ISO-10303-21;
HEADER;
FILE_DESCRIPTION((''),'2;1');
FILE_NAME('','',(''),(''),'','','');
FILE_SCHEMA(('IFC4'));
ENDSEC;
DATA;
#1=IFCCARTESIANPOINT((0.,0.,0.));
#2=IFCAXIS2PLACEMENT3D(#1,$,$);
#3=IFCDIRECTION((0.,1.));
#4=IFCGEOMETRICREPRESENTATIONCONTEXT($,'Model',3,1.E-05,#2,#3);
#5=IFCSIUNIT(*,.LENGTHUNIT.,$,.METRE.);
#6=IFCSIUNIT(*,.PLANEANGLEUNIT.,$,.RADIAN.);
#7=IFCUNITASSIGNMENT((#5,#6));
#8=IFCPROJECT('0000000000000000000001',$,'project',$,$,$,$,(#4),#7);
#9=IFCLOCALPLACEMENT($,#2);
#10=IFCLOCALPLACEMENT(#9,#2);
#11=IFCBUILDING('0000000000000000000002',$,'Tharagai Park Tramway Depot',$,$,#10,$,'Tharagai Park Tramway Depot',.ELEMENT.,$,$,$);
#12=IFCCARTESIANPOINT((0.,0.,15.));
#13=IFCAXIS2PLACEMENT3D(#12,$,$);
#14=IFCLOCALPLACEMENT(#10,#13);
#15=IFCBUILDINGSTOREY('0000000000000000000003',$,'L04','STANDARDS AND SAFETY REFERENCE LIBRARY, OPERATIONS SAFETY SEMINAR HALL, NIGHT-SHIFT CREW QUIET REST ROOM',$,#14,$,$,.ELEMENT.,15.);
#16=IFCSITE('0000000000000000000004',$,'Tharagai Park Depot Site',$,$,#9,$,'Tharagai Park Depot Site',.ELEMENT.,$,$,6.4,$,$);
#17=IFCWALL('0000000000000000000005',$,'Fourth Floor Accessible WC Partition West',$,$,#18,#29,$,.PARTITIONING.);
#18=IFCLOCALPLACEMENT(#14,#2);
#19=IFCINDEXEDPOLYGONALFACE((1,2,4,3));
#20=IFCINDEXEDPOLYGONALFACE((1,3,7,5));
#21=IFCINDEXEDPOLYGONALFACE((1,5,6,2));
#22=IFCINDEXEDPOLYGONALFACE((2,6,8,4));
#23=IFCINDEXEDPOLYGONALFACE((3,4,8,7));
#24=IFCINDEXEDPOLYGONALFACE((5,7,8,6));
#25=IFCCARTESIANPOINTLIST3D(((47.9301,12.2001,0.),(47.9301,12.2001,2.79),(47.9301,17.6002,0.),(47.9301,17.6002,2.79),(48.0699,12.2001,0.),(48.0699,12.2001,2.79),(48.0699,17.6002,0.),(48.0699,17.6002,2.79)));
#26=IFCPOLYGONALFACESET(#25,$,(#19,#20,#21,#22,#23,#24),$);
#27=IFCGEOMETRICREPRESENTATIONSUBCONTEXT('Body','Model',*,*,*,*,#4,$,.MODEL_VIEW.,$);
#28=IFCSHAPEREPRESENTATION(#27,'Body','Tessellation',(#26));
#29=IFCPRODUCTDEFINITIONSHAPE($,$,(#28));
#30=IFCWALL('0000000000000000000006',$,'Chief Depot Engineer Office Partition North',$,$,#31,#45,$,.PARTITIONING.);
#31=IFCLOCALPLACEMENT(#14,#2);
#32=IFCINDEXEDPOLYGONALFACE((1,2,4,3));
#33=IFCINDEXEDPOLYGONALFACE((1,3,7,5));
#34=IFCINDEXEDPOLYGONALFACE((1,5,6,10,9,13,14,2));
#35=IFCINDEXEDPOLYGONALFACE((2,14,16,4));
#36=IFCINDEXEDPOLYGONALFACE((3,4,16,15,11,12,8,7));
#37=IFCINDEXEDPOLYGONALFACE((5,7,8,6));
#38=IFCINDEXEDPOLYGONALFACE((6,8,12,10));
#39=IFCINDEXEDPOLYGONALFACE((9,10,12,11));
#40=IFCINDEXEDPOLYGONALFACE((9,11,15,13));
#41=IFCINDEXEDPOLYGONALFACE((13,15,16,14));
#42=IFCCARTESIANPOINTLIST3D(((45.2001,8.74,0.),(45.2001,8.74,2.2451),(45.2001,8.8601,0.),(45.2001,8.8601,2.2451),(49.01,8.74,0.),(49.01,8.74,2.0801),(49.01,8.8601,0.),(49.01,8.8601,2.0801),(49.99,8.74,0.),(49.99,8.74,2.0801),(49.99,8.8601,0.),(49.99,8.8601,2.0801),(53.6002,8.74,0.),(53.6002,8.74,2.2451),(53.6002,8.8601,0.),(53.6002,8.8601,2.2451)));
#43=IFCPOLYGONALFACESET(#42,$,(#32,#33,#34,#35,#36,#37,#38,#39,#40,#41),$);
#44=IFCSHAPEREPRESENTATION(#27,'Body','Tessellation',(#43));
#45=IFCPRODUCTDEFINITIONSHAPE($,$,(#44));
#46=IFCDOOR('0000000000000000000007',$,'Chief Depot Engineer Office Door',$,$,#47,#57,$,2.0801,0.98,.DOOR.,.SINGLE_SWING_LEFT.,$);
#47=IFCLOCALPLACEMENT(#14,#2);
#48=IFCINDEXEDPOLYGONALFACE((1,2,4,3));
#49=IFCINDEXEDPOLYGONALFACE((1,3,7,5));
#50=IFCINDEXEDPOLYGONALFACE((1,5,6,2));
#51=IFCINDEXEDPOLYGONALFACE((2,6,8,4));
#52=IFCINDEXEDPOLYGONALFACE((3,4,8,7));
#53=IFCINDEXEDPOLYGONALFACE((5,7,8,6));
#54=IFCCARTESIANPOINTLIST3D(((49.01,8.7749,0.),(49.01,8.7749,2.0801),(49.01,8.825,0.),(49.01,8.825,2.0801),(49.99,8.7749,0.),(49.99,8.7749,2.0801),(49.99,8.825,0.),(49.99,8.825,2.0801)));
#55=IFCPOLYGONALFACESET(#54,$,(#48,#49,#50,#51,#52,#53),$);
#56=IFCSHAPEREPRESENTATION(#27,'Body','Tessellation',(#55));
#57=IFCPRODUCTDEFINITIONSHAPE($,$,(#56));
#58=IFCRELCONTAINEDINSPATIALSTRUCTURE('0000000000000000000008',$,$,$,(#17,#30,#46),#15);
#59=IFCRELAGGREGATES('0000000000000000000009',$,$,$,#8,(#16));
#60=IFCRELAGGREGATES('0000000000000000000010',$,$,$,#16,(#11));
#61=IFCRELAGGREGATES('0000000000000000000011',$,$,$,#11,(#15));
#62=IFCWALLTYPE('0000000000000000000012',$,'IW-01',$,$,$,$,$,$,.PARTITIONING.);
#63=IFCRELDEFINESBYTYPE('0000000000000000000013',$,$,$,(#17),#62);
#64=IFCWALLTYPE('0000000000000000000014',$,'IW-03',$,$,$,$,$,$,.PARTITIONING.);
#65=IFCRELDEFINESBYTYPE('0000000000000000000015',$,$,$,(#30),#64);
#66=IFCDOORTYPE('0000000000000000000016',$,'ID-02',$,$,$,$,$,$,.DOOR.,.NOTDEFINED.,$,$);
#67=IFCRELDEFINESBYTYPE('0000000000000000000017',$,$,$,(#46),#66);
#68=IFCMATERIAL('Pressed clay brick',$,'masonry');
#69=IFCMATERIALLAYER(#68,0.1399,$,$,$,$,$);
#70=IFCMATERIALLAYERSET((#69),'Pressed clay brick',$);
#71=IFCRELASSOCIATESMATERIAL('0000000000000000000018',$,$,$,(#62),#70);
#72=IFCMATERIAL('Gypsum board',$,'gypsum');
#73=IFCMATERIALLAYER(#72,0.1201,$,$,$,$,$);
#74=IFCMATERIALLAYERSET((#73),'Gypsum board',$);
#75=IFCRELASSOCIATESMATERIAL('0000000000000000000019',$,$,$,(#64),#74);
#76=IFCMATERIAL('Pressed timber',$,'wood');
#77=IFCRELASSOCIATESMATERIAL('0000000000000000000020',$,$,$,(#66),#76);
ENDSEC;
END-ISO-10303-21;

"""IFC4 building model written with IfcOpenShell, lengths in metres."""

from ifc_helpers import new_model, si_unit, direction, frame, frame_2d, origin, place, context, subcontext, project, spatial, rectangle, extrude, material, layer, layer_set, type_object, element, fill, save


model = new_model("IFC4")

# Units and contexts
model_context = context("Model", 3, precision=1e-05, world=origin(), true_north=direction((0.0, 1.0)))
body_context = subcontext(model_context, "Body", "Model", "MODEL_VIEW")
ifc_project = project(units=[si_unit("LENGTHUNIT", "METRE"), si_unit("PLANEANGLEUNIT", "RADIAN")], contexts=[model_context])

# Site, building, storey
site_placement = place(None, origin())
site = spatial("IfcSite", under=ifc_project, at=site_placement, Name="Tharagai Park Depot Site", LongName="Tharagai Park Depot Site", CompositionType="ELEMENT", RefElevation=6.4)
building_placement = place(site_placement, origin())
building = spatial("IfcBuilding", under=site, at=building_placement, Name="Tharagai Park Tramway Depot", LongName="Tharagai Park Tramway Depot", CompositionType="ELEMENT")
storey_placement = place(building_placement, frame((0.0, 0.0, 15.0)))
storey = spatial("IfcBuildingStorey", under=building, at=storey_placement, Name="L04", Description="STANDARDS AND SAFETY REFERENCE LIBRARY, OPERATIONS SAFETY SEMINAR HALL, NIGHT-SHIFT CREW QUIET REST ROOM", CompositionType="ELEMENT", Elevation=15.0)

# Shared definitions
ifc_material_1 = material(Name="Pressed clay brick", Category="masonry")

# Shared definitions
ifc_layer_1 = layer(ifc_material_1, 0.1399)
ifc_layer_set_1 = layer_set([ifc_layer_1], Name="Pressed clay brick")
wall_type_1 = type_object("IfcWallType", Name="IW-01", PredefinedType="PARTITIONING", material=ifc_layer_set_1)

# Shared definitions
ifc_material_2 = material(Name="Pressed timber", Category="wood")

# Wall
wall_1_placement = place(storey_placement, frame((48.0, 12.2, 0.0), z_axis=(0.0, 0.0, 1.0), x_axis=(0.0, 1.0, 0.0)))
element("IfcWall", 1, at=wall_1_placement, inside=storey, type_object=wall_type_1, Name="Fourth Floor Accessible WC Partition West", PredefinedType="PARTITIONING", context=body_context, shape_type="SweptSolid", body=[
    extrude(rectangle(XDim=5.4001, YDim=0.1399, at=frame_2d((2.7002, 0.0))), origin(), (0.0, 0.0, 1.0), 2.79),
])

# Wall, opening, door
ifc_material_3 = material(Name="Gypsum board", Category="gypsum")
ifc_layer_2 = layer(ifc_material_3, 0.1201)
ifc_layer_set_2 = layer_set([ifc_layer_2], Name="Gypsum board")
wall_type_2 = type_object("IfcWallType", Name="IW-03", PredefinedType="PARTITIONING", material=ifc_layer_set_2)
wall_2_placement = place(storey_placement, frame((45.2, 8.8, 0.0), z_axis=(0.0, 0.0, 1.0), x_axis=(1.0, 0.0, 0.0)))
wall_2 = element("IfcWall", 2, at=wall_2_placement, inside=storey, type_object=wall_type_2, Name="Chief Depot Engineer Office Partition North", PredefinedType="PARTITIONING", context=body_context, shape_type="SweptSolid", body=[
    extrude(rectangle(XDim=8.4001, YDim=0.1201, at=frame_2d((4.2002, 0.0))), origin(), (0.0, 0.0, 1.0), 2.2451),
])
opening_1_placement = place(wall_2_placement, frame((3.8101, 0.0, 0.0)))
opening_1 = element("IfcOpeningElement", 3, at=opening_1_placement, cuts=wall_2, PredefinedType="OPENING", context=body_context, shape_type="SweptSolid", body=[
    extrude(rectangle(XDim=0.98, YDim=2.0801, at=frame_2d((0.49, 1.04))), frame((0.0, 0.0701, 0.0), z_axis=(0.0, -1.0, 0.0), x_axis=(1.0, 0.0, 0.0)), (0.0, 0.0, 1.0), 0.1401),
])
door_type_1 = type_object("IfcDoorType", Name="ID-02", OperationType="NOTDEFINED", PredefinedType="DOOR", material=ifc_material_2)
door_1_placement = place(opening_1_placement, origin())
door_1 = element("IfcDoor", 4, at=door_1_placement, inside=storey, type_object=door_type_1, Name="Chief Depot Engineer Office Door", OperationType="SINGLE_SWING_LEFT", OverallHeight=2.0801, OverallWidth=0.98, PredefinedType="DOOR", context=body_context, shape_type="SweptSolid", body=[
    extrude(rectangle(XDim=0.98, YDim=2.0801, at=frame_2d((0.49, 1.04))), frame((0.0, 0.0249, 0.0), z_axis=(0.0, -1.0, 0.0), x_axis=(1.0, 0.0, 0.0)), (0.0, 0.0, 1.0), 0.05),
])
fill(opening_1, door_1)

save(model, "model.ifc")
